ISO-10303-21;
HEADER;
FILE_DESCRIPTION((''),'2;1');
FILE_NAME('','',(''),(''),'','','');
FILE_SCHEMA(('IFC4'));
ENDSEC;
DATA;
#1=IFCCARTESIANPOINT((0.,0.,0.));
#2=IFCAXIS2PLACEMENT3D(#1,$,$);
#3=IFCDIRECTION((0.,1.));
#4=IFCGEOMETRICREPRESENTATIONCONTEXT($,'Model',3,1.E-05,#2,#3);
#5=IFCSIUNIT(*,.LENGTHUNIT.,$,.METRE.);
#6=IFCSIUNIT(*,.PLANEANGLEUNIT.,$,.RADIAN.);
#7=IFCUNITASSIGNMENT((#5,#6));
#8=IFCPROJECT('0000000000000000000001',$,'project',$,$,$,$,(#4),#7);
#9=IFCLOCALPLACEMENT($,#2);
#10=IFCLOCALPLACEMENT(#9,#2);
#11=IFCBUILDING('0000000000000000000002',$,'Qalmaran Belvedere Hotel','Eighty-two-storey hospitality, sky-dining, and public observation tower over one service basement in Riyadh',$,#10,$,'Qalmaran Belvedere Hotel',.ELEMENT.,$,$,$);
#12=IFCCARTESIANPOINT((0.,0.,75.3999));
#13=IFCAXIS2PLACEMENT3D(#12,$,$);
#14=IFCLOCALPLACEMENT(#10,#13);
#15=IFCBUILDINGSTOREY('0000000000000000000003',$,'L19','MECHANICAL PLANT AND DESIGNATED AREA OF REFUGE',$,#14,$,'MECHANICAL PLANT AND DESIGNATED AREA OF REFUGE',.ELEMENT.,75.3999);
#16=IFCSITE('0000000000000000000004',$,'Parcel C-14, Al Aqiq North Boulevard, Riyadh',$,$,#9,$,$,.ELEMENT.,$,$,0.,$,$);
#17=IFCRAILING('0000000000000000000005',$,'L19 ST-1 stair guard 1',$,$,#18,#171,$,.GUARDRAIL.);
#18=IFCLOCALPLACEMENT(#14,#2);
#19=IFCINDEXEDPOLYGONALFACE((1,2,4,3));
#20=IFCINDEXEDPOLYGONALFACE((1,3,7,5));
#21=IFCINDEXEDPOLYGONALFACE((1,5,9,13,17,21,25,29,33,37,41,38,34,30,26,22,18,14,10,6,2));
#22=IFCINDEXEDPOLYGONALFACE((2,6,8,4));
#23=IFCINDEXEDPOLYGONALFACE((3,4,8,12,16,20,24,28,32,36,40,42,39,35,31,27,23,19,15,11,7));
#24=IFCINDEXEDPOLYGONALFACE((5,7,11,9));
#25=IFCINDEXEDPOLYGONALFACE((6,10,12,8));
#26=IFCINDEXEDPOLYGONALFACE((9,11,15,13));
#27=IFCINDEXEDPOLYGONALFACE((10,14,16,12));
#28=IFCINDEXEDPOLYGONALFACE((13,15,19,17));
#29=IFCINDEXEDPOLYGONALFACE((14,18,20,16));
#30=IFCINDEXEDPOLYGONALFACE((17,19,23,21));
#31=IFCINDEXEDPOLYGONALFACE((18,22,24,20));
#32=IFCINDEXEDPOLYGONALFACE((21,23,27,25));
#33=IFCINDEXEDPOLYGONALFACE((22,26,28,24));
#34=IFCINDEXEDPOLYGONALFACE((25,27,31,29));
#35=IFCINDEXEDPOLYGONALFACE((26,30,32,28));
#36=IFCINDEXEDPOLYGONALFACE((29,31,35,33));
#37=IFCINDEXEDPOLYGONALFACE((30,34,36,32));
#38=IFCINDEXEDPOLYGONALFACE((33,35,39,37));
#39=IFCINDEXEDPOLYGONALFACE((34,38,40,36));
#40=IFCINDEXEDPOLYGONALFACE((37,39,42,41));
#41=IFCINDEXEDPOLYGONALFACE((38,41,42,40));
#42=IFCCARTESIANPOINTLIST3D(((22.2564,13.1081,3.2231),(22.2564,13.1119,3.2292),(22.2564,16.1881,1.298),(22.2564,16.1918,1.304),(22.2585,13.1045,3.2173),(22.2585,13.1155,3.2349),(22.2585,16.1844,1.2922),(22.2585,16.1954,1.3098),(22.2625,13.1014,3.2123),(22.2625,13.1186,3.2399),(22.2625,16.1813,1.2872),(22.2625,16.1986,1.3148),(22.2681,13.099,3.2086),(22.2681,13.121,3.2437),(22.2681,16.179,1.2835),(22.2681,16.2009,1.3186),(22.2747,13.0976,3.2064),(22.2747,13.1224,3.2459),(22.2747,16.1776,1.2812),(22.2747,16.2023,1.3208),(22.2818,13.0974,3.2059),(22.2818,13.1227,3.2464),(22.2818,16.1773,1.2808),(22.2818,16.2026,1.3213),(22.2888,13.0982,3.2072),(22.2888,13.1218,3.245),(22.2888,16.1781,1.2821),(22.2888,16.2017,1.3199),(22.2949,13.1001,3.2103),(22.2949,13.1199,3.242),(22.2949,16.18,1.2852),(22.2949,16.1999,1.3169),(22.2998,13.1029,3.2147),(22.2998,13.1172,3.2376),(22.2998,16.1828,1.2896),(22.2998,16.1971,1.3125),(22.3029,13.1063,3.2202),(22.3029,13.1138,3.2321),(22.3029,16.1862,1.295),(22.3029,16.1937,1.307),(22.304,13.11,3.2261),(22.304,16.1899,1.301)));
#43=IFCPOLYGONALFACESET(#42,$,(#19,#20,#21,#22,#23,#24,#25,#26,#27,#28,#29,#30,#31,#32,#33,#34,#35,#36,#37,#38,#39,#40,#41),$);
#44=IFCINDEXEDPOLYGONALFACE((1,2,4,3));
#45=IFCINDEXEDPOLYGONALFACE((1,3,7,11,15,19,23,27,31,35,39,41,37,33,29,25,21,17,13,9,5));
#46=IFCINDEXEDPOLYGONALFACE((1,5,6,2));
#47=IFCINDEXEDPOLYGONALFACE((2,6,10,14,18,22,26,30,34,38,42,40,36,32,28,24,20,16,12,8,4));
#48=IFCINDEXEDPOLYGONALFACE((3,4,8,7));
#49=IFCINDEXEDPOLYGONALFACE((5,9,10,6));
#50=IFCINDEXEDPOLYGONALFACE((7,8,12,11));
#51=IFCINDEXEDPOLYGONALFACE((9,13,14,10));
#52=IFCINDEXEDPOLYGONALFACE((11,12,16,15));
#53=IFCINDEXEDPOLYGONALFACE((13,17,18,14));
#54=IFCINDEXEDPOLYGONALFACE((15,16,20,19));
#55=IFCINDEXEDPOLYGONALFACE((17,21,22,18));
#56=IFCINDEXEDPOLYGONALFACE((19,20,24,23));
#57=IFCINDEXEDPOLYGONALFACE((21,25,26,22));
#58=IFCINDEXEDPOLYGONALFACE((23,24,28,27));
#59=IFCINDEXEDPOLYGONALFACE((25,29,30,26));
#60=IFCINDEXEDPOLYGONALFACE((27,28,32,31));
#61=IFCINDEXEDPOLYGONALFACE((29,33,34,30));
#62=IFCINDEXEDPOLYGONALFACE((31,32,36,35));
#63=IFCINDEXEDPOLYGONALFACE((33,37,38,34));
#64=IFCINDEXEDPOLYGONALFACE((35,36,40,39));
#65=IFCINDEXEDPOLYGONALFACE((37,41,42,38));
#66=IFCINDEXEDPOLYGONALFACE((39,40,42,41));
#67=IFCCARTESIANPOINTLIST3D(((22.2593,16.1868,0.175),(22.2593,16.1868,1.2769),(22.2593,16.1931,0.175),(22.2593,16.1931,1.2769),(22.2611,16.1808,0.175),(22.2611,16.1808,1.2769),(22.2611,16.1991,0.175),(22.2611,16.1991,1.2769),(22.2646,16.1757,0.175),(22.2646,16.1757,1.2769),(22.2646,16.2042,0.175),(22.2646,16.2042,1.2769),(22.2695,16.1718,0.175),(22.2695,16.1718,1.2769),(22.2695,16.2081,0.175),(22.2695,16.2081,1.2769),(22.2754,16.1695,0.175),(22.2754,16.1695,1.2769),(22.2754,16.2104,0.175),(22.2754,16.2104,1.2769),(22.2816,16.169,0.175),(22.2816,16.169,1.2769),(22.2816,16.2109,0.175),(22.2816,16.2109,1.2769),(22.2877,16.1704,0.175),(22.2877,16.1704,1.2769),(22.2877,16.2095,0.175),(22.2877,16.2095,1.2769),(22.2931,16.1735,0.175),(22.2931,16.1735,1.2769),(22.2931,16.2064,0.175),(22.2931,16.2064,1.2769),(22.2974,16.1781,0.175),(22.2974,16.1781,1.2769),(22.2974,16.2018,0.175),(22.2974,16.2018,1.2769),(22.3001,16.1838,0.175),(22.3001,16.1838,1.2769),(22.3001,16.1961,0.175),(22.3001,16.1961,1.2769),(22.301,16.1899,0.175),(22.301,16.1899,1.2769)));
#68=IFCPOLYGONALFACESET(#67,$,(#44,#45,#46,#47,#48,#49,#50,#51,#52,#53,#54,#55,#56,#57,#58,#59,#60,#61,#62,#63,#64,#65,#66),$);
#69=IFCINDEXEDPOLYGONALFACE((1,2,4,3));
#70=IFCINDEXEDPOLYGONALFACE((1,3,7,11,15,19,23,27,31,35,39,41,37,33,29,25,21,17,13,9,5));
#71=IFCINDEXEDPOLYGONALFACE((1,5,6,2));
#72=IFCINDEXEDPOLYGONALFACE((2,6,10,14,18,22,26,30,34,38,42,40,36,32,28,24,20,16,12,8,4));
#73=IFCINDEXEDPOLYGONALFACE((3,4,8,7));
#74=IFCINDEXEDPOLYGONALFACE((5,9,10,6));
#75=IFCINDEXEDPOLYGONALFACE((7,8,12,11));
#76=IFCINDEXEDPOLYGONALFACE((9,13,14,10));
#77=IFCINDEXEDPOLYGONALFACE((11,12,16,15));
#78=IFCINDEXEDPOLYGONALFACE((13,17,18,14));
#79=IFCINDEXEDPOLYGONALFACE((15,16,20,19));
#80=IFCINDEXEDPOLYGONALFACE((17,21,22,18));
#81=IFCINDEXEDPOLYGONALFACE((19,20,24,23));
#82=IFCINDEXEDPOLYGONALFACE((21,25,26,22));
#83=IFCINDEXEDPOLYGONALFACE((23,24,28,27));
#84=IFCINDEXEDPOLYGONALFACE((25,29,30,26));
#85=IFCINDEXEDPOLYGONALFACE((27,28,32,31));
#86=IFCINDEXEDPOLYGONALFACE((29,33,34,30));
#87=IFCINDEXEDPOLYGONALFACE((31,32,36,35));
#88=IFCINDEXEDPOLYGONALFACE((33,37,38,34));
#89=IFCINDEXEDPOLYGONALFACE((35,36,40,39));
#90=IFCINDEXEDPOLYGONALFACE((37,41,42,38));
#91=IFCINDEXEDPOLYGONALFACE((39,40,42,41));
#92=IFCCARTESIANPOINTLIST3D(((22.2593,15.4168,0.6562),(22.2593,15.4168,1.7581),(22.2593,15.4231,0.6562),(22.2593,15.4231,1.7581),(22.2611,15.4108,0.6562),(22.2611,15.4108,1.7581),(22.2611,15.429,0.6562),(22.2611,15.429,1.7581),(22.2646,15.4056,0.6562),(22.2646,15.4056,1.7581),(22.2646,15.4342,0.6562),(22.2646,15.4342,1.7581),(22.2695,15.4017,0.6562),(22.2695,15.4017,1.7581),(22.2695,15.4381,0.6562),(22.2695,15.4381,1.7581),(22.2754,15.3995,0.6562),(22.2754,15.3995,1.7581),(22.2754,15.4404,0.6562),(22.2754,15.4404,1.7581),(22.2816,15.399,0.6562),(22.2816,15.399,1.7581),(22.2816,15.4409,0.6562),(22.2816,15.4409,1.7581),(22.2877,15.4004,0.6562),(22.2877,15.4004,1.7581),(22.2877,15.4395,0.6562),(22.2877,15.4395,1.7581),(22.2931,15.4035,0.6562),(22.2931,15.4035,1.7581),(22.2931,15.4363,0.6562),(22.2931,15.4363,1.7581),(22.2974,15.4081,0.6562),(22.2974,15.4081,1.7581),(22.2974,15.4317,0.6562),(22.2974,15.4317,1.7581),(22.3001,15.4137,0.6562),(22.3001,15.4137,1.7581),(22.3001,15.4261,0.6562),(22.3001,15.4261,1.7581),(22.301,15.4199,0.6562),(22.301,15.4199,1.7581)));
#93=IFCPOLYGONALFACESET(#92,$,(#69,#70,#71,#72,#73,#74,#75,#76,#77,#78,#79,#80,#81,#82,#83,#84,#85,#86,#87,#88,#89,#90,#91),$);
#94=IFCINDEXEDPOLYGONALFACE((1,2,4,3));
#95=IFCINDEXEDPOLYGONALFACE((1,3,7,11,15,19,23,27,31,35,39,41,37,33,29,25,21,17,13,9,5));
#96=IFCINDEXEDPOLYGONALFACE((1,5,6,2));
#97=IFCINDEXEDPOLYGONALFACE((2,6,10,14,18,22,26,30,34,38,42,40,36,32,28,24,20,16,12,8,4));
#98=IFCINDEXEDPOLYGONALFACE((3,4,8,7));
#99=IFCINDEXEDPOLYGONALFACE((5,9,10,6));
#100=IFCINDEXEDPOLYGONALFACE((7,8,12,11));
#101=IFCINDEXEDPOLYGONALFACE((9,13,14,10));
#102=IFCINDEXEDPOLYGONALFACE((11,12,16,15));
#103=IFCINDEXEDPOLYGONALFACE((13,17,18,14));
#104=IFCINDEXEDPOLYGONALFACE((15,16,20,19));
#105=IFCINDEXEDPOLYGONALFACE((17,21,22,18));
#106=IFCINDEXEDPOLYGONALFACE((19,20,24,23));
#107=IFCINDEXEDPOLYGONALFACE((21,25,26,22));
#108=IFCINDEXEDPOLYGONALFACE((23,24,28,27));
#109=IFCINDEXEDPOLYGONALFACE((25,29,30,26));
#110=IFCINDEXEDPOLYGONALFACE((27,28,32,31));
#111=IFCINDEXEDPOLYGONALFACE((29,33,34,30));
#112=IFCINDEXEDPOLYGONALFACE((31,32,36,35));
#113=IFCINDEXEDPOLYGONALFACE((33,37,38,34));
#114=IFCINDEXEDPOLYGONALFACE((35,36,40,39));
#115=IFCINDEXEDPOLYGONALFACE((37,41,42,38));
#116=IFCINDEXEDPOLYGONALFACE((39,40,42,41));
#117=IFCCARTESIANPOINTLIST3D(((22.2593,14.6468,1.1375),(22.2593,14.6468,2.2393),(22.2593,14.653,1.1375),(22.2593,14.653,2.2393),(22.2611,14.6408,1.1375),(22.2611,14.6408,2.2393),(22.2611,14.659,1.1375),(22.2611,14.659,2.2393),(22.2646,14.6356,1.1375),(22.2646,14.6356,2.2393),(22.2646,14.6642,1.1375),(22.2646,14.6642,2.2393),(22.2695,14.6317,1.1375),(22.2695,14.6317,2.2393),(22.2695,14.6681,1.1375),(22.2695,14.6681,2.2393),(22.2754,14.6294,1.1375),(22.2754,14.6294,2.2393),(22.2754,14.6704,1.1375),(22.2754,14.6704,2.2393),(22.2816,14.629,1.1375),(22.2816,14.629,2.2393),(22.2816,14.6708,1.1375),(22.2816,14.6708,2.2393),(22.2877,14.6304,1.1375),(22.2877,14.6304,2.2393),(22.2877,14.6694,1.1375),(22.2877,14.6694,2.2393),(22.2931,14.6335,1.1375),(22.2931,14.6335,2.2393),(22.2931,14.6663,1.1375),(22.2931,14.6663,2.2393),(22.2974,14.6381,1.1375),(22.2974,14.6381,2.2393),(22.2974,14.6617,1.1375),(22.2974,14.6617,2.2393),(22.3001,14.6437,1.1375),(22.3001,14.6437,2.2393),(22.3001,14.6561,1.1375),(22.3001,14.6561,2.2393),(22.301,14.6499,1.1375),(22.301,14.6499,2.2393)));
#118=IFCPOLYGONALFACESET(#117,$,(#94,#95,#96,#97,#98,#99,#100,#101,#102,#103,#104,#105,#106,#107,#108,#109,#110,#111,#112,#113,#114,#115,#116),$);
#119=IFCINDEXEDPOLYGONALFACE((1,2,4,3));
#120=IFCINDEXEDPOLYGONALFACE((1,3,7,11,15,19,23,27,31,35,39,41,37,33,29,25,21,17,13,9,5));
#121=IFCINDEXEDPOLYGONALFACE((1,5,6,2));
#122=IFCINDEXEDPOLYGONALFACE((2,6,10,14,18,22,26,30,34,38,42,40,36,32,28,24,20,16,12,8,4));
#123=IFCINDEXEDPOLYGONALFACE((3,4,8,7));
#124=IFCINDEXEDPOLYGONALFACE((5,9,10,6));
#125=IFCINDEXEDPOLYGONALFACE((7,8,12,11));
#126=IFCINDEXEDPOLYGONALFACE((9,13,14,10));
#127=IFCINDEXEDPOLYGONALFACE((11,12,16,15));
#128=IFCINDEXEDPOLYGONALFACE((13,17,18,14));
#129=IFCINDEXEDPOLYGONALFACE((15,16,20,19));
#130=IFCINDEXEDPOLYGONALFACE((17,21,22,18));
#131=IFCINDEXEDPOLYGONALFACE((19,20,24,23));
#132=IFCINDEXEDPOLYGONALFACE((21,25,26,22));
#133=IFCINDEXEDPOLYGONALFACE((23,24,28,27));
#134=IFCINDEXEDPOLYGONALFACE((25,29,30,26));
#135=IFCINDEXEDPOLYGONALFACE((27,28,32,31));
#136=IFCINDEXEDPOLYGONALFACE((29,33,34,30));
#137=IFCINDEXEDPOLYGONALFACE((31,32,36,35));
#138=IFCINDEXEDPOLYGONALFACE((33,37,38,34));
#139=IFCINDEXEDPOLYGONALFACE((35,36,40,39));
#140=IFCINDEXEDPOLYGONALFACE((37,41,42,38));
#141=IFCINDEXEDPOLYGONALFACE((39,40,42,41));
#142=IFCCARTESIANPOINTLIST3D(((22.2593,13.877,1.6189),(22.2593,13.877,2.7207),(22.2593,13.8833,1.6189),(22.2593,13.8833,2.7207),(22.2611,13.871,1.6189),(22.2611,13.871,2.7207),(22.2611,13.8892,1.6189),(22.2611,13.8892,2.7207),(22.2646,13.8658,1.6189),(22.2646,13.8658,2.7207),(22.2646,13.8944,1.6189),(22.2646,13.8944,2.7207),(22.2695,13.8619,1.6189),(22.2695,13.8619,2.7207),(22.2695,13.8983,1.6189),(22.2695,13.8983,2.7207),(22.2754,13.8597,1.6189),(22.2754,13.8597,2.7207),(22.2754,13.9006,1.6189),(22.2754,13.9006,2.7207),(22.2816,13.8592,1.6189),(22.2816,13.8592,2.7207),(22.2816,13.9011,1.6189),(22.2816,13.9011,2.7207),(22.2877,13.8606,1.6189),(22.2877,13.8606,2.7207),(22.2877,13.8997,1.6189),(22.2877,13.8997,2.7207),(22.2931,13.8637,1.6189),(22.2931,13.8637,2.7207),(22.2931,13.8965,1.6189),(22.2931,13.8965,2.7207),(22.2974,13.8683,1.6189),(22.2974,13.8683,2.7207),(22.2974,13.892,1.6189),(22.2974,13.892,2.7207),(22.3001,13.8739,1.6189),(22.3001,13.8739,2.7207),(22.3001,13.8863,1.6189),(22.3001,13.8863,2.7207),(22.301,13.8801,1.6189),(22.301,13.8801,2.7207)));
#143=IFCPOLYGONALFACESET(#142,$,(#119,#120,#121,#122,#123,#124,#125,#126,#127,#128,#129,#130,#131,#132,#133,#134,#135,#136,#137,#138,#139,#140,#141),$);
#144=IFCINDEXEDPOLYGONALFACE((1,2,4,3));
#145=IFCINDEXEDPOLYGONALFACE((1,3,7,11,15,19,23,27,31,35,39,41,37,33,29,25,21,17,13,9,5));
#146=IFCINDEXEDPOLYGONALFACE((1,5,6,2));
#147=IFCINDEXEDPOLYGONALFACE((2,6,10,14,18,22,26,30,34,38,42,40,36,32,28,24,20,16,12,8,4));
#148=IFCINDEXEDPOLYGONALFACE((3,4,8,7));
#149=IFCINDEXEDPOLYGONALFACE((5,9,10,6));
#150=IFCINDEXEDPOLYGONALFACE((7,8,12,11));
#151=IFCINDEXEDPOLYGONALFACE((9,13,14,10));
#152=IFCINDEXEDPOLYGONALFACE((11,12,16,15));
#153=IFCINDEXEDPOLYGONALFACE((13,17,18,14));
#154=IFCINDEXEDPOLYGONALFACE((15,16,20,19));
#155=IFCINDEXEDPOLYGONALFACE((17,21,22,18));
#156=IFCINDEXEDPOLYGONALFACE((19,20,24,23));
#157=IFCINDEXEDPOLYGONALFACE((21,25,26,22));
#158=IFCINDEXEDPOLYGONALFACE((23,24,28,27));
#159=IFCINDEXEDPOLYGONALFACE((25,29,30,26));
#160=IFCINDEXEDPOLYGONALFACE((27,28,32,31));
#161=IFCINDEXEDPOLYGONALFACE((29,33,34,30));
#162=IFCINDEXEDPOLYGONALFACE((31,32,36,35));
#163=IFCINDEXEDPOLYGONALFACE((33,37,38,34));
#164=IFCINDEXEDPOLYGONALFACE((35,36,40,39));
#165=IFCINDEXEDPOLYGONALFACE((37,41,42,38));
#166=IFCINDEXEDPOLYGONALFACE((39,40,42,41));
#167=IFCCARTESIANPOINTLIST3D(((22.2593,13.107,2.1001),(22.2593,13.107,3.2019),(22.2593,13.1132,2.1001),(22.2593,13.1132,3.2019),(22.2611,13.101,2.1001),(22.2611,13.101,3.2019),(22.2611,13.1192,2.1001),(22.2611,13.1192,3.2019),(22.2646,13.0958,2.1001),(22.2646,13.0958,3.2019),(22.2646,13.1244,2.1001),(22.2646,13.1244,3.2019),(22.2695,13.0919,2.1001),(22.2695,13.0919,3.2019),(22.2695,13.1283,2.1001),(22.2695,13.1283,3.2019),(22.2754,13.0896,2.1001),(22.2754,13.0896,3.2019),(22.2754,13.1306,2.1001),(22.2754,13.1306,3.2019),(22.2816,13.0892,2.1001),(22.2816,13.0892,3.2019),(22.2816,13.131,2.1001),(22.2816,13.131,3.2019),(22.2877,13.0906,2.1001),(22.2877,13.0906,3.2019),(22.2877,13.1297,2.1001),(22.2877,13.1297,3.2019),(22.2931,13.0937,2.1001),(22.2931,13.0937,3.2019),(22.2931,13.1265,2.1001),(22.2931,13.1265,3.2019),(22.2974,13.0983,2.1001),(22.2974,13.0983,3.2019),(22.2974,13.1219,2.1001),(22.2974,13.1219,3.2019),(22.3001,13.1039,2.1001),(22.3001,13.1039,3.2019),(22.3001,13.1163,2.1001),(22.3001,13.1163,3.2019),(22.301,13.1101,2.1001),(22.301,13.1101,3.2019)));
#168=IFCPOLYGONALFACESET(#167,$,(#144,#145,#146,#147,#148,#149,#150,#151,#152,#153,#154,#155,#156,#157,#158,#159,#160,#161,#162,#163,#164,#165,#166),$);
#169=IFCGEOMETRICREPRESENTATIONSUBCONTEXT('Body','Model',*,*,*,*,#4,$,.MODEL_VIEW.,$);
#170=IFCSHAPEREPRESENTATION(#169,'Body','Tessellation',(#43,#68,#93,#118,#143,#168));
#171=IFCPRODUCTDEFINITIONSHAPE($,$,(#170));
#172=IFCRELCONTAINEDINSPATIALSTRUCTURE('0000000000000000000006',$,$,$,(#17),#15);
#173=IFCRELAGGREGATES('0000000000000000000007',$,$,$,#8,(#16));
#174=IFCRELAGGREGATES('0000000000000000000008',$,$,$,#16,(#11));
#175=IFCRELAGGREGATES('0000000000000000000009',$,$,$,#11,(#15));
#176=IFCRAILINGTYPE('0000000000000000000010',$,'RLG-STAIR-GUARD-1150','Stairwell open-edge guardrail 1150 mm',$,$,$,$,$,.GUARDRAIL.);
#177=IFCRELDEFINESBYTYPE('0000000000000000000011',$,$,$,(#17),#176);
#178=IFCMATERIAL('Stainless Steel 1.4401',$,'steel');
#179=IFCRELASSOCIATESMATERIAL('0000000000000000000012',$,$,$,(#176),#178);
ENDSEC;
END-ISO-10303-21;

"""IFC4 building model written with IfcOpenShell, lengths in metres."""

from ifc_helpers import new_model, si_unit, direction, frame, origin, origin_2d, place, context, subcontext, project, spatial, circle, extrude, material, type_object, element, save


model = new_model("IFC4")

# Units and contexts
model_context = context("Model", 3, precision=1e-05, world=origin(), true_north=direction((0.0, 1.0)))
body_context = subcontext(model_context, "Body", "Model", "MODEL_VIEW")
ifc_project = project(units=[si_unit("LENGTHUNIT", "METRE"), si_unit("PLANEANGLEUNIT", "RADIAN")], contexts=[model_context])

# Site, building, storey
site_placement = place(None, origin())
site = spatial("IfcSite", under=ifc_project, at=site_placement, Name="Parcel C-14, Al Aqiq North Boulevard, Riyadh", CompositionType="ELEMENT", RefElevation=0.0)
building_placement = place(site_placement, origin())
building = spatial("IfcBuilding", under=site, at=building_placement, Name="Qalmaran Belvedere Hotel", Description="Eighty-two-storey hospitality, sky-dining, and public observation tower over one service basement in Riyadh", LongName="Qalmaran Belvedere Hotel", CompositionType="ELEMENT")
storey_placement = place(building_placement, frame((0.0, 0.0, 75.3999)))
storey = spatial("IfcBuildingStorey", under=building, at=storey_placement, Name="L19", Description="MECHANICAL PLANT AND DESIGNATED AREA OF REFUGE", LongName="MECHANICAL PLANT AND DESIGNATED AREA OF REFUGE", CompositionType="ELEMENT", Elevation=75.3999)

# Railing
ifc_material_1 = material(Name="Stainless Steel 1.4401", Category="steel")
railing_type_1 = type_object("IfcRailingType", Name="RLG-STAIR-GUARD-1150", Description="Stairwell open-edge guardrail 1150 mm", PredefinedType="GUARDRAIL", material=ifc_material_1)
railing_1_placement = place(storey_placement, frame((22.28, 16.1899, 0.175)))
element("IfcRailing", 1, at=railing_1_placement, inside=storey, type_object=railing_type_1, Name="L19 ST-1 stair guard 1", PredefinedType="GUARDRAIL", context=body_context, shape_type="SweptSolid", body=[
    extrude(circle(Radius=0.0239, at=origin_2d()), frame((0.0, 0.0, 1.126), z_axis=(0.0, -0.847979, 0.530029), x_axis=(1.0, 0.0, 0.0)), (0.0, 0.0, 1.0), 3.6321),
    extrude(circle(Radius=0.021, at=origin_2d()), origin(), (0.0, 0.0, 1.0), 1.1018),
    extrude(circle(Radius=0.021, at=origin_2d()), frame((0.0, -0.77, 0.4812)), (0.0, 0.0, 1.0), 1.1018),
    extrude(circle(Radius=0.021, at=origin_2d()), frame((0.0, -1.54, 0.9624)), (0.0, 0.0, 1.0), 1.1018),
    extrude(circle(Radius=0.021, at=origin_2d()), frame((0.0, -2.3098, 1.4438)), (0.0, 0.0, 1.0), 1.1018),
    extrude(circle(Radius=0.021, at=origin_2d()), frame((0.0, -3.0798, 1.925)), (0.0, 0.0, 1.0), 1.1018),
])

save(model, "model.ifc")
